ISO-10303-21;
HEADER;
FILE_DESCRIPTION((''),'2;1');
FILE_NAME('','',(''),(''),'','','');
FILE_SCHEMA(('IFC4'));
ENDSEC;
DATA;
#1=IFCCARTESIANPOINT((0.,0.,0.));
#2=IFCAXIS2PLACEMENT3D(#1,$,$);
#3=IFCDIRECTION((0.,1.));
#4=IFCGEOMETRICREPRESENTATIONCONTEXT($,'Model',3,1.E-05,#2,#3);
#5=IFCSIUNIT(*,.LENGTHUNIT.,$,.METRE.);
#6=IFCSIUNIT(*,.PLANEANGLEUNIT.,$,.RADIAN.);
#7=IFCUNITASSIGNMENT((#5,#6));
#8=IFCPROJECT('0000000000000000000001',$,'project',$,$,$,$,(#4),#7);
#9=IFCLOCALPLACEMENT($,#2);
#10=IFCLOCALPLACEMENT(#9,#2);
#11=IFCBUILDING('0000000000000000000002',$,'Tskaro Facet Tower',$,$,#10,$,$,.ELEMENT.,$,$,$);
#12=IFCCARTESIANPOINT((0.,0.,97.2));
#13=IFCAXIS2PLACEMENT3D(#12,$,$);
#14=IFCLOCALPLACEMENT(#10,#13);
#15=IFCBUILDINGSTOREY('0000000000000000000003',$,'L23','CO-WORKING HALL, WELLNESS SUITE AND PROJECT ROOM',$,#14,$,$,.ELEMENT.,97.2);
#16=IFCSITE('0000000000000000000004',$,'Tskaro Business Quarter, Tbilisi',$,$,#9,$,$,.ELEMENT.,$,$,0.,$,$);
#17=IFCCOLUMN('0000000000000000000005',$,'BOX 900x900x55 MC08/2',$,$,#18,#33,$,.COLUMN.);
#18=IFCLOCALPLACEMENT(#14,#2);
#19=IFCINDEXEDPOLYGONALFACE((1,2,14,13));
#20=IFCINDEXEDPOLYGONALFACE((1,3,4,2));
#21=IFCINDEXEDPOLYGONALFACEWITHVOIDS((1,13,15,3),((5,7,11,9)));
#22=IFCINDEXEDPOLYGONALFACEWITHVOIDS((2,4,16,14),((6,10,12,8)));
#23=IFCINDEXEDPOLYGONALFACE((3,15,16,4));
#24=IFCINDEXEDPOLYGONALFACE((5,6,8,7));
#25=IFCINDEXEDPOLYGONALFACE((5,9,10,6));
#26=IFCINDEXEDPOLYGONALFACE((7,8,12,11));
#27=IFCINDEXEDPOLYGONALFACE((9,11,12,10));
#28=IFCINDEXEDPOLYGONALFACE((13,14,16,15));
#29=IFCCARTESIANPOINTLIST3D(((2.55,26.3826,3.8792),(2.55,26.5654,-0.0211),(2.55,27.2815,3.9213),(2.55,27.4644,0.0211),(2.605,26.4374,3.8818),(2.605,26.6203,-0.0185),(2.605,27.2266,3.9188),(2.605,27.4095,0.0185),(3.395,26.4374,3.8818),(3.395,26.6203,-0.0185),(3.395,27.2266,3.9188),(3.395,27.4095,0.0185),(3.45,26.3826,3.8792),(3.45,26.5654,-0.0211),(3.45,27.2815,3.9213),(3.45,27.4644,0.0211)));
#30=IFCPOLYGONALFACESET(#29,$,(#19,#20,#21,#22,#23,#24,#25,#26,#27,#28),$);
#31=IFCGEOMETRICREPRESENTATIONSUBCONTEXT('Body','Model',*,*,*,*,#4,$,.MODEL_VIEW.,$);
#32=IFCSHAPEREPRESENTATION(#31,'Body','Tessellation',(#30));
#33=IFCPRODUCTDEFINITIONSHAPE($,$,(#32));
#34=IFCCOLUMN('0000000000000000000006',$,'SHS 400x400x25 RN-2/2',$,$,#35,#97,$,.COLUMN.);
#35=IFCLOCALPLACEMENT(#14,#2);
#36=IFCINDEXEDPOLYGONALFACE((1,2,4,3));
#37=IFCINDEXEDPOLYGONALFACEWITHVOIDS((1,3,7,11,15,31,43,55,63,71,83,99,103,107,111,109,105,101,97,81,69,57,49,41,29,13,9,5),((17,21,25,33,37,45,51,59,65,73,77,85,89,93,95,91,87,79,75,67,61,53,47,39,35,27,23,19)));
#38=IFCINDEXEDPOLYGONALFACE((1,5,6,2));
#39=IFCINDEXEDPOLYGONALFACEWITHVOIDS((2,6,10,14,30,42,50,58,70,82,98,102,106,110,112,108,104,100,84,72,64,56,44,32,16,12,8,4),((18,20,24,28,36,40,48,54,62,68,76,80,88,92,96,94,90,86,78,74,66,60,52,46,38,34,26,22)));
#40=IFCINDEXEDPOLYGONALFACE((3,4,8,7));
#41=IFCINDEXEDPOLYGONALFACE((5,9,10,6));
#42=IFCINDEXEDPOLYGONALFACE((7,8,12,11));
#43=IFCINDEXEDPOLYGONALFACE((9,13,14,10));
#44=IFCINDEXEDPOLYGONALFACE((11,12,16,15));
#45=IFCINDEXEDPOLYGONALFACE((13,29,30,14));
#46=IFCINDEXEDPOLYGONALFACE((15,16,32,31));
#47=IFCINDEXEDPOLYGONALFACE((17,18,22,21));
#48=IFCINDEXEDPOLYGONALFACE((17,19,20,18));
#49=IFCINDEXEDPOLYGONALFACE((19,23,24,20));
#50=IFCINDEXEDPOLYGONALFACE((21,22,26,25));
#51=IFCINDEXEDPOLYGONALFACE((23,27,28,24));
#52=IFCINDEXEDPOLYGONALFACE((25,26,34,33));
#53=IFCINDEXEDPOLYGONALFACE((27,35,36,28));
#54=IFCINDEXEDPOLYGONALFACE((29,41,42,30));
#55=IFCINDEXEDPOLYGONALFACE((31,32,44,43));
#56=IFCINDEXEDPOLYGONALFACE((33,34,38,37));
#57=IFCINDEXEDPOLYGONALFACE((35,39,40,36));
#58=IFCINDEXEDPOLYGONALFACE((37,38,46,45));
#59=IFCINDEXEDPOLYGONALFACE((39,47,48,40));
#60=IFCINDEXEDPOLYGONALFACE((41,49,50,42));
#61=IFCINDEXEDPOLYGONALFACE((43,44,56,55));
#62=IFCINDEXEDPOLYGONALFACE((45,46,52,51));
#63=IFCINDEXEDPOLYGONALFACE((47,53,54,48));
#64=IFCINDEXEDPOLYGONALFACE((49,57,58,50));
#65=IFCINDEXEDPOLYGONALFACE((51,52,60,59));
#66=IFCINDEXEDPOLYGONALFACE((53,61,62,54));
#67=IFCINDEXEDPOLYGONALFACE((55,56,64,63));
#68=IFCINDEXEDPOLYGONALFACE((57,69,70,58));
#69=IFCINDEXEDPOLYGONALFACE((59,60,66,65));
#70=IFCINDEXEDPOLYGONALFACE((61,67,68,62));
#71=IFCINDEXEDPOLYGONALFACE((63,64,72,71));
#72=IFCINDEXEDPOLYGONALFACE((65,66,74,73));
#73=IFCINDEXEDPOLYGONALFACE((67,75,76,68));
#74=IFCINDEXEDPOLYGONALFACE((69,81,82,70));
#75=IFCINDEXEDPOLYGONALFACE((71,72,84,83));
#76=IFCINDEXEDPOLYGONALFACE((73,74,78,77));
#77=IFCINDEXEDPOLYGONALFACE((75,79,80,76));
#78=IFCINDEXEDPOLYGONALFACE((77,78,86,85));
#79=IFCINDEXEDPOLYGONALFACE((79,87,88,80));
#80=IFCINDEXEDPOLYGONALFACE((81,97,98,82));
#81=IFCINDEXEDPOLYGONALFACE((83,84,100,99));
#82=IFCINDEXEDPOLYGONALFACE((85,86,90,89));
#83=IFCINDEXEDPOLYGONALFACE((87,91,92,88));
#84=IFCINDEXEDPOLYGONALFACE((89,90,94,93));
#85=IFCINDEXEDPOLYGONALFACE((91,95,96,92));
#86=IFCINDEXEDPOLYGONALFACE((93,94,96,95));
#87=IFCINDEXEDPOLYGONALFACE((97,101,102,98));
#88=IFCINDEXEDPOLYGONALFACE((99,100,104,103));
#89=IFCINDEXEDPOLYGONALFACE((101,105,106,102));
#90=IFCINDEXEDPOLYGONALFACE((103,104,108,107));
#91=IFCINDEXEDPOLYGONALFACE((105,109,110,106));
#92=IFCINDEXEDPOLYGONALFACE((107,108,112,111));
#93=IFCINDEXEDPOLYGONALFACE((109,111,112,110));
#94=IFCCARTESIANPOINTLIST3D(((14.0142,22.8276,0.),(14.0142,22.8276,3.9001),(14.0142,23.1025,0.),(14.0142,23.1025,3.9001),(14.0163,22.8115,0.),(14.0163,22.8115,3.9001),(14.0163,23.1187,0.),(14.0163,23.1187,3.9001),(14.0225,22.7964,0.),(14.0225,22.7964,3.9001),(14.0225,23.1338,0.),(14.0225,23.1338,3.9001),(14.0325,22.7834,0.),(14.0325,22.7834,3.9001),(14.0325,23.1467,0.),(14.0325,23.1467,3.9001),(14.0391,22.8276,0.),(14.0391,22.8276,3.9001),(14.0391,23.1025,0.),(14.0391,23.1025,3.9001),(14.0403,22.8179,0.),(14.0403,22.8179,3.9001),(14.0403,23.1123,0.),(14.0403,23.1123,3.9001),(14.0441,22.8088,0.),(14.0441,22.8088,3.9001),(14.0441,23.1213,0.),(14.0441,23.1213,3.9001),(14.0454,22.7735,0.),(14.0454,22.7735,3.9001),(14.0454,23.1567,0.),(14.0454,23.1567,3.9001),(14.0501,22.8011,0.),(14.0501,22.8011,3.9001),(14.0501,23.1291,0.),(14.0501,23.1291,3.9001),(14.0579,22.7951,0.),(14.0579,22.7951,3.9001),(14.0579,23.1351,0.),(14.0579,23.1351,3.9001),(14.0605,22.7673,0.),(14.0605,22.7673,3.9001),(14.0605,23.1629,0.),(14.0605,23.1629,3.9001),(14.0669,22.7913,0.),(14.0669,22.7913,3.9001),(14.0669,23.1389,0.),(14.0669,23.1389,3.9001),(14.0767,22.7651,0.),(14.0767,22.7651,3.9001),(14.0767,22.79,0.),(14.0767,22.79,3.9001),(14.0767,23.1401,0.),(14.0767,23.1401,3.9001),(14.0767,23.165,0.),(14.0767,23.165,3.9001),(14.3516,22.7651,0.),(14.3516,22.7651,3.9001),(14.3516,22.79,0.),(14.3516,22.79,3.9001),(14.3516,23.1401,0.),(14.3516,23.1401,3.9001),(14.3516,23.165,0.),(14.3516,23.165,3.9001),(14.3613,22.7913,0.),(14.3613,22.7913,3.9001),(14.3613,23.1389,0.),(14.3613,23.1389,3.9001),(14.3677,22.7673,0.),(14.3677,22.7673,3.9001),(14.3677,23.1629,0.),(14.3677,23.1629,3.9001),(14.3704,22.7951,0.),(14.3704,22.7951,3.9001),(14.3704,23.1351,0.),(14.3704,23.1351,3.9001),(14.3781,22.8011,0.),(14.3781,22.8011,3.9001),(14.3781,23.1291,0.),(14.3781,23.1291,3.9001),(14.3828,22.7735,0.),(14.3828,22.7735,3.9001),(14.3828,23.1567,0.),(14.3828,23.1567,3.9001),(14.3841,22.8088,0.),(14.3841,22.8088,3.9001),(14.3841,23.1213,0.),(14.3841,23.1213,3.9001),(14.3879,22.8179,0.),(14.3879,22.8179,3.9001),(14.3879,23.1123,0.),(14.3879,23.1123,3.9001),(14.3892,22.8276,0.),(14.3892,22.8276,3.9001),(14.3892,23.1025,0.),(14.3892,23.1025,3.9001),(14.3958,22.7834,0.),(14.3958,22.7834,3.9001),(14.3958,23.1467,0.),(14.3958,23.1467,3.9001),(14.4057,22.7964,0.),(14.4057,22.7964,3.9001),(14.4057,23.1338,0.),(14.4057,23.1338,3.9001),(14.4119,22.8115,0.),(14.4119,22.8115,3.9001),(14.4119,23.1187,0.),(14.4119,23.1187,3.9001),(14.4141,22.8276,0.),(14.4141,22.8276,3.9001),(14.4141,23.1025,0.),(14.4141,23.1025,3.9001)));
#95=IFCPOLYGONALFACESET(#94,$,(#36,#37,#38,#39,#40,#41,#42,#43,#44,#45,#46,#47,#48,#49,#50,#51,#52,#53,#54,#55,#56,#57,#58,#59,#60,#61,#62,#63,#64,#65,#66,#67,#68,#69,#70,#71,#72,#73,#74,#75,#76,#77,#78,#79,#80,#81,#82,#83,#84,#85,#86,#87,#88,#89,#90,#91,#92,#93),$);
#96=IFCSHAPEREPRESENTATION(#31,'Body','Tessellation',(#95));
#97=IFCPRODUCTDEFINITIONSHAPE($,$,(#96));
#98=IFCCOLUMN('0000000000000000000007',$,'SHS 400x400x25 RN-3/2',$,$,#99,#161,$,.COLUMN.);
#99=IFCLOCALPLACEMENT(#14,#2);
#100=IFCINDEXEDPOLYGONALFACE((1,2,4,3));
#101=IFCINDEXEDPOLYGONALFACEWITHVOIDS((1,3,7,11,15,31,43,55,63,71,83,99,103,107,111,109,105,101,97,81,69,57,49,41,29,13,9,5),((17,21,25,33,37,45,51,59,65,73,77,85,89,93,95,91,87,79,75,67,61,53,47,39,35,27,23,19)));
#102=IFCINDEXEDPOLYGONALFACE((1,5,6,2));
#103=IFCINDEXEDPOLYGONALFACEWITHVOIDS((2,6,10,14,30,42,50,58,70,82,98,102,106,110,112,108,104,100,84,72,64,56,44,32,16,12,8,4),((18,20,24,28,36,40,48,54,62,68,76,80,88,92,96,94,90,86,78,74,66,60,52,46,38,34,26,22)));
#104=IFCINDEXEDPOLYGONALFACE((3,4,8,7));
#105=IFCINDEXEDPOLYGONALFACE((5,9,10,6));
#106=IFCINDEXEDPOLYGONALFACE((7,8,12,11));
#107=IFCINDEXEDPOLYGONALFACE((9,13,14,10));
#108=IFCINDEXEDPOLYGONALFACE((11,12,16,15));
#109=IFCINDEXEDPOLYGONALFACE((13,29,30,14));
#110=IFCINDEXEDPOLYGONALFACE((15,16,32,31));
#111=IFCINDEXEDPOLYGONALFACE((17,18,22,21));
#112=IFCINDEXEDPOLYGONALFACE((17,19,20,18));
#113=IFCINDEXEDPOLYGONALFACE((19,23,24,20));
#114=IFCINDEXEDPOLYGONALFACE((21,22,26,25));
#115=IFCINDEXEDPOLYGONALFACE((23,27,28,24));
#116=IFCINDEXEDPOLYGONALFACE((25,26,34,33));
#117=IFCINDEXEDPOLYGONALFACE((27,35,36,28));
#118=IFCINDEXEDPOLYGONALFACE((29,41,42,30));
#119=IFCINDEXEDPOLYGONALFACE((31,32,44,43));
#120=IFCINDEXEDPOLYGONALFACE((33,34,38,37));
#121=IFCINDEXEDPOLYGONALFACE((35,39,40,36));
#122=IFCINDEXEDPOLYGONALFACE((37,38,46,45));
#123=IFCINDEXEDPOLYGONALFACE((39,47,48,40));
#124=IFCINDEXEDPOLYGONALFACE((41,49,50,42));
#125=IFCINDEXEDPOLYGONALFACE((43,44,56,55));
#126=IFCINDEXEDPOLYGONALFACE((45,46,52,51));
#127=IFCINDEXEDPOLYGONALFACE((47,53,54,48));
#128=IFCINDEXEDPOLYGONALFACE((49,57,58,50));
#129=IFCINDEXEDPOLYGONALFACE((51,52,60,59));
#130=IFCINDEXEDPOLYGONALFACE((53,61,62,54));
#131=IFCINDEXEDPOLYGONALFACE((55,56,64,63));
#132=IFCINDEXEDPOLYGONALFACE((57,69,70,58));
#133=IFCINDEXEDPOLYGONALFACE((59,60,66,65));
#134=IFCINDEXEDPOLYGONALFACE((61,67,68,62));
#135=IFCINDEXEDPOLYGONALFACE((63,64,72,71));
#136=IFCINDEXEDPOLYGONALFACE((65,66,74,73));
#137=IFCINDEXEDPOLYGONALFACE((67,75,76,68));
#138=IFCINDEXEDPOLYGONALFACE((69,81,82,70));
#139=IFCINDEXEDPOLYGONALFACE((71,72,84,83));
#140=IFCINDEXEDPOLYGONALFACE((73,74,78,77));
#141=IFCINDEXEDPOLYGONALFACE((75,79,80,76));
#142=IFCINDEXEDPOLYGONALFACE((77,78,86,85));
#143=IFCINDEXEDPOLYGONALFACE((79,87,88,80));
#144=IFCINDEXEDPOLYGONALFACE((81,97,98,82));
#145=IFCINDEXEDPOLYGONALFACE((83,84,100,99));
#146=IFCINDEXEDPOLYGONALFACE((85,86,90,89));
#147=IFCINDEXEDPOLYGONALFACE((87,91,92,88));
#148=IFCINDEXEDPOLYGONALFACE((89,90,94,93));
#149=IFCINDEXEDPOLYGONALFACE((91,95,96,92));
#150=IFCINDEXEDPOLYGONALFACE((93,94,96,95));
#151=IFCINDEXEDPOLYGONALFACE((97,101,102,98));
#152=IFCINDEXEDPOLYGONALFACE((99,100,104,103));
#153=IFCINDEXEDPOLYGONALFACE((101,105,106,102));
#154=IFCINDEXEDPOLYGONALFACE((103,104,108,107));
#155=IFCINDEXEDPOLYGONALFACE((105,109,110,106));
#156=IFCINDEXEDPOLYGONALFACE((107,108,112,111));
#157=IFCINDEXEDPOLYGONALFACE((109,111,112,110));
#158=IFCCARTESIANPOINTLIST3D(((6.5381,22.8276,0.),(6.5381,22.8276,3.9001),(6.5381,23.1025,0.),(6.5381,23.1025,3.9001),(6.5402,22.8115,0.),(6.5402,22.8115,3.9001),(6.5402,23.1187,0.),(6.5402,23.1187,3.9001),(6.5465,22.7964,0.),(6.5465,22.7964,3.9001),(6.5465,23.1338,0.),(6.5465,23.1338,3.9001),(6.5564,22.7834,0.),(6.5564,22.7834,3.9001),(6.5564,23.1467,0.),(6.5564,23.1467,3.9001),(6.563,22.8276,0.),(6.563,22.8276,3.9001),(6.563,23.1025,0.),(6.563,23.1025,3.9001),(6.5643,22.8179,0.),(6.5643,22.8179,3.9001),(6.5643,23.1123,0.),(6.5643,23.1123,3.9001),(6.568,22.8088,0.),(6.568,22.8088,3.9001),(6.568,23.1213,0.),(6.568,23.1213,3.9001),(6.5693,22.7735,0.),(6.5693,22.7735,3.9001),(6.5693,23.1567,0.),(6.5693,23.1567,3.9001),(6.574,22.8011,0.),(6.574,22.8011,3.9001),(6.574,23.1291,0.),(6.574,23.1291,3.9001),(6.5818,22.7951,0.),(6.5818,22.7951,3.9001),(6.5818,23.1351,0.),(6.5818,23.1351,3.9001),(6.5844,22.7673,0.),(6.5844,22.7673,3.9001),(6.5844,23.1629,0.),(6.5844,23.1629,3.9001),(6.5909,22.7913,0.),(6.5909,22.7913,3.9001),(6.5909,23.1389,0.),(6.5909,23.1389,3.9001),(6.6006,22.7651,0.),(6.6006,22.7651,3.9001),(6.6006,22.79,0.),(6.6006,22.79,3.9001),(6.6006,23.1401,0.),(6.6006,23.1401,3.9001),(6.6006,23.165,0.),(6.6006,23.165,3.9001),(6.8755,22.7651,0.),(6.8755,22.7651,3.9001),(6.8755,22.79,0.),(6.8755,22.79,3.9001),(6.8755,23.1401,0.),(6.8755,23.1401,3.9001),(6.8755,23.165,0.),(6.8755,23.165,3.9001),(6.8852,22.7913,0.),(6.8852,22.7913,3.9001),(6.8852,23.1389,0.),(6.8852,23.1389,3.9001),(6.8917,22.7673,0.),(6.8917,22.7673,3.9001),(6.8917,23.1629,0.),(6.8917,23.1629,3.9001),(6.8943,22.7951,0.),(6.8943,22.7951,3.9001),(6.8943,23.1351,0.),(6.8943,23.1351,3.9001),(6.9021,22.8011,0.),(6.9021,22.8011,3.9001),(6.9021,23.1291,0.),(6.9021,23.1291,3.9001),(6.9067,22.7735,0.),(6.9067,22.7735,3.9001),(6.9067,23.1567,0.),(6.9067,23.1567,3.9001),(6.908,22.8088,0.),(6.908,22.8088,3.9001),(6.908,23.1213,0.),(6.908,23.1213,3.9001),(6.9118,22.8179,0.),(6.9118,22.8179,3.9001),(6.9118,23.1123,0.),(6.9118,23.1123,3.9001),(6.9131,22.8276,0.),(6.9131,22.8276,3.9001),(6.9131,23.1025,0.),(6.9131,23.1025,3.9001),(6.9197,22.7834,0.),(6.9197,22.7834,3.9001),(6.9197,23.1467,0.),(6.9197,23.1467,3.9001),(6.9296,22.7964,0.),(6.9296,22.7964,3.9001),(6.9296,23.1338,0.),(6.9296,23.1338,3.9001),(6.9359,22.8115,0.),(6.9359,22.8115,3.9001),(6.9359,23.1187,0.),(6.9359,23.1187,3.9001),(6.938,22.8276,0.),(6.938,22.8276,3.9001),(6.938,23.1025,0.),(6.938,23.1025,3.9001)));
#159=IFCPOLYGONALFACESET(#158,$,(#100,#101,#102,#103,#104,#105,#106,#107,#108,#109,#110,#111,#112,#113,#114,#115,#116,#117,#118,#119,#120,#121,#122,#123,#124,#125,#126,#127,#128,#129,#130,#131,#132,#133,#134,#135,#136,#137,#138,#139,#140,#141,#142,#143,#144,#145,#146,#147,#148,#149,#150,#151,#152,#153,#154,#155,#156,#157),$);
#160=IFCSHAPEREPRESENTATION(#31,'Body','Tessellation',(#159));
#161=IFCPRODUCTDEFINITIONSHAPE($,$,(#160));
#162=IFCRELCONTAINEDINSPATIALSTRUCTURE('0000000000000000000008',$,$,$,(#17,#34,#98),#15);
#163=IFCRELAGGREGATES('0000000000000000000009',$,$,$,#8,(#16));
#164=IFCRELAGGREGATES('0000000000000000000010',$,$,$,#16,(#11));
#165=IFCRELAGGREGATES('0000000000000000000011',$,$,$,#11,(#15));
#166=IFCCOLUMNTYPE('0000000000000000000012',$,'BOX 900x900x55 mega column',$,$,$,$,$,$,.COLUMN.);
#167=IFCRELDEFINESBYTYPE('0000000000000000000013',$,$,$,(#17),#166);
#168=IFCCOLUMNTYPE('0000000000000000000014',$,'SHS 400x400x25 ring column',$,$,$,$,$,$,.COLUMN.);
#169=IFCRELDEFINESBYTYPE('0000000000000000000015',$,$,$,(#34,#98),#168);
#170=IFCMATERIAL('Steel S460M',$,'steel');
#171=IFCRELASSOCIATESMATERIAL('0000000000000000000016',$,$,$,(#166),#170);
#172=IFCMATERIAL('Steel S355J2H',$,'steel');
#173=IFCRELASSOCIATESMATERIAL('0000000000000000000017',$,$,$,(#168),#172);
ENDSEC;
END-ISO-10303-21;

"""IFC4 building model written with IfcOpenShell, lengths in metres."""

from ifc_helpers import new_model, si_unit, direction, frame, origin, origin_2d, place, context, subcontext, project, spatial, hollow_rectangle, extrude, material, material_profile, profile_set, type_object, element, save


model = new_model("IFC4")

# Units and contexts
model_context = context("Model", 3, precision=1e-05, world=origin(), true_north=direction((0.0, 1.0)))
body_context = subcontext(model_context, "Body", "Model", "MODEL_VIEW")
ifc_project = project(units=[si_unit("LENGTHUNIT", "METRE"), si_unit("PLANEANGLEUNIT", "RADIAN")], contexts=[model_context])

# Site, building, storey
site_placement = place(None, origin())
site = spatial("IfcSite", under=ifc_project, at=site_placement, Name="Tskaro Business Quarter, Tbilisi", CompositionType="ELEMENT", RefElevation=0.0)
building_placement = place(site_placement, origin())
building = spatial("IfcBuilding", under=site, at=building_placement, Name="Tskaro Facet Tower", CompositionType="ELEMENT")
storey_placement = place(building_placement, frame((0.0, 0.0, 97.2)))
storey = spatial("IfcBuildingStorey", under=building, at=storey_placement, Name="L23", Description="CO-WORKING HALL, WELLNESS SUITE AND PROJECT ROOM", CompositionType="ELEMENT", Elevation=97.2)

# Columns
ifc_material_1 = material(Name="Steel S460M", Category="steel")
ifc_material_profile_1 = material_profile(ifc_material_1, hollow_rectangle(XDim=0.8999, YDim=0.8999, WallThickness=0.0549, at=origin_2d()), Name="BOX 900x900x55")
ifc_profile_set_1 = profile_set([ifc_material_profile_1], Name="Steel S460M")
column_type_1 = type_object("IfcColumnType", Name="BOX 900x900x55 mega column", PredefinedType="COLUMN", material=ifc_profile_set_1)
column_placement = place(storey_placement, frame((3.0, 27.0149, 0.0), z_axis=(0.0, -0.046834, 0.998903), x_axis=(1.0, 0.0, 0.0)))
element("IfcColumn", 1, at=column_placement, inside=storey, type_object=column_type_1, Name="BOX 900x900x55 MC08/2", PredefinedType="COLUMN", context=body_context, shape_type="SweptSolid", body=[
    extrude(hollow_rectangle(XDim=0.8999, YDim=0.8999, WallThickness=0.0549, at=origin_2d()), origin(), (0.0, 0.0, 1.0), 3.9045),
])
ifc_material_2 = material(Name="Steel S355J2H", Category="steel")
ifc_material_profile_2 = material_profile(ifc_material_2, hollow_rectangle(XDim=0.3999, YDim=0.3999, WallThickness=0.0249, InnerFilletRadius=0.0376, OuterFilletRadius=0.0625, at=origin_2d()), Name="SHS 400x400x25")
ifc_profile_set_2 = profile_set([ifc_material_profile_2], Name="Steel S355J2H")
column_type_2 = type_object("IfcColumnType", Name="SHS 400x400x25 ring column", PredefinedType="COLUMN", material=ifc_profile_set_2)
for number, where, z_axis, x_axis, name in (
    (2, (14.2141, 22.9651, 0.0), (0.0, 0.0, 1.0), (1.0, 0.0, 0.0), "SHS 400x400x25 RN-2/2"),
    (3, (6.738, 22.9651, 0.0), (0.0, 0.0, 1.0), (1.0, 0.0, 0.0), "SHS 400x400x25 RN-3/2"),
):
    element("IfcColumn", number, at=place(storey_placement, frame(where, z_axis=z_axis, x_axis=x_axis)), inside=storey, type_object=column_type_2, Name=name, PredefinedType="COLUMN", context=body_context, shape_type="SweptSolid", body=[
        extrude(hollow_rectangle(XDim=0.3999, YDim=0.3999, WallThickness=0.0249, InnerFilletRadius=0.0376, OuterFilletRadius=0.0625, at=origin_2d()), origin(), (0.0, 0.0, 1.0), 3.9001),
    ])

save(model, "model.ifc")
